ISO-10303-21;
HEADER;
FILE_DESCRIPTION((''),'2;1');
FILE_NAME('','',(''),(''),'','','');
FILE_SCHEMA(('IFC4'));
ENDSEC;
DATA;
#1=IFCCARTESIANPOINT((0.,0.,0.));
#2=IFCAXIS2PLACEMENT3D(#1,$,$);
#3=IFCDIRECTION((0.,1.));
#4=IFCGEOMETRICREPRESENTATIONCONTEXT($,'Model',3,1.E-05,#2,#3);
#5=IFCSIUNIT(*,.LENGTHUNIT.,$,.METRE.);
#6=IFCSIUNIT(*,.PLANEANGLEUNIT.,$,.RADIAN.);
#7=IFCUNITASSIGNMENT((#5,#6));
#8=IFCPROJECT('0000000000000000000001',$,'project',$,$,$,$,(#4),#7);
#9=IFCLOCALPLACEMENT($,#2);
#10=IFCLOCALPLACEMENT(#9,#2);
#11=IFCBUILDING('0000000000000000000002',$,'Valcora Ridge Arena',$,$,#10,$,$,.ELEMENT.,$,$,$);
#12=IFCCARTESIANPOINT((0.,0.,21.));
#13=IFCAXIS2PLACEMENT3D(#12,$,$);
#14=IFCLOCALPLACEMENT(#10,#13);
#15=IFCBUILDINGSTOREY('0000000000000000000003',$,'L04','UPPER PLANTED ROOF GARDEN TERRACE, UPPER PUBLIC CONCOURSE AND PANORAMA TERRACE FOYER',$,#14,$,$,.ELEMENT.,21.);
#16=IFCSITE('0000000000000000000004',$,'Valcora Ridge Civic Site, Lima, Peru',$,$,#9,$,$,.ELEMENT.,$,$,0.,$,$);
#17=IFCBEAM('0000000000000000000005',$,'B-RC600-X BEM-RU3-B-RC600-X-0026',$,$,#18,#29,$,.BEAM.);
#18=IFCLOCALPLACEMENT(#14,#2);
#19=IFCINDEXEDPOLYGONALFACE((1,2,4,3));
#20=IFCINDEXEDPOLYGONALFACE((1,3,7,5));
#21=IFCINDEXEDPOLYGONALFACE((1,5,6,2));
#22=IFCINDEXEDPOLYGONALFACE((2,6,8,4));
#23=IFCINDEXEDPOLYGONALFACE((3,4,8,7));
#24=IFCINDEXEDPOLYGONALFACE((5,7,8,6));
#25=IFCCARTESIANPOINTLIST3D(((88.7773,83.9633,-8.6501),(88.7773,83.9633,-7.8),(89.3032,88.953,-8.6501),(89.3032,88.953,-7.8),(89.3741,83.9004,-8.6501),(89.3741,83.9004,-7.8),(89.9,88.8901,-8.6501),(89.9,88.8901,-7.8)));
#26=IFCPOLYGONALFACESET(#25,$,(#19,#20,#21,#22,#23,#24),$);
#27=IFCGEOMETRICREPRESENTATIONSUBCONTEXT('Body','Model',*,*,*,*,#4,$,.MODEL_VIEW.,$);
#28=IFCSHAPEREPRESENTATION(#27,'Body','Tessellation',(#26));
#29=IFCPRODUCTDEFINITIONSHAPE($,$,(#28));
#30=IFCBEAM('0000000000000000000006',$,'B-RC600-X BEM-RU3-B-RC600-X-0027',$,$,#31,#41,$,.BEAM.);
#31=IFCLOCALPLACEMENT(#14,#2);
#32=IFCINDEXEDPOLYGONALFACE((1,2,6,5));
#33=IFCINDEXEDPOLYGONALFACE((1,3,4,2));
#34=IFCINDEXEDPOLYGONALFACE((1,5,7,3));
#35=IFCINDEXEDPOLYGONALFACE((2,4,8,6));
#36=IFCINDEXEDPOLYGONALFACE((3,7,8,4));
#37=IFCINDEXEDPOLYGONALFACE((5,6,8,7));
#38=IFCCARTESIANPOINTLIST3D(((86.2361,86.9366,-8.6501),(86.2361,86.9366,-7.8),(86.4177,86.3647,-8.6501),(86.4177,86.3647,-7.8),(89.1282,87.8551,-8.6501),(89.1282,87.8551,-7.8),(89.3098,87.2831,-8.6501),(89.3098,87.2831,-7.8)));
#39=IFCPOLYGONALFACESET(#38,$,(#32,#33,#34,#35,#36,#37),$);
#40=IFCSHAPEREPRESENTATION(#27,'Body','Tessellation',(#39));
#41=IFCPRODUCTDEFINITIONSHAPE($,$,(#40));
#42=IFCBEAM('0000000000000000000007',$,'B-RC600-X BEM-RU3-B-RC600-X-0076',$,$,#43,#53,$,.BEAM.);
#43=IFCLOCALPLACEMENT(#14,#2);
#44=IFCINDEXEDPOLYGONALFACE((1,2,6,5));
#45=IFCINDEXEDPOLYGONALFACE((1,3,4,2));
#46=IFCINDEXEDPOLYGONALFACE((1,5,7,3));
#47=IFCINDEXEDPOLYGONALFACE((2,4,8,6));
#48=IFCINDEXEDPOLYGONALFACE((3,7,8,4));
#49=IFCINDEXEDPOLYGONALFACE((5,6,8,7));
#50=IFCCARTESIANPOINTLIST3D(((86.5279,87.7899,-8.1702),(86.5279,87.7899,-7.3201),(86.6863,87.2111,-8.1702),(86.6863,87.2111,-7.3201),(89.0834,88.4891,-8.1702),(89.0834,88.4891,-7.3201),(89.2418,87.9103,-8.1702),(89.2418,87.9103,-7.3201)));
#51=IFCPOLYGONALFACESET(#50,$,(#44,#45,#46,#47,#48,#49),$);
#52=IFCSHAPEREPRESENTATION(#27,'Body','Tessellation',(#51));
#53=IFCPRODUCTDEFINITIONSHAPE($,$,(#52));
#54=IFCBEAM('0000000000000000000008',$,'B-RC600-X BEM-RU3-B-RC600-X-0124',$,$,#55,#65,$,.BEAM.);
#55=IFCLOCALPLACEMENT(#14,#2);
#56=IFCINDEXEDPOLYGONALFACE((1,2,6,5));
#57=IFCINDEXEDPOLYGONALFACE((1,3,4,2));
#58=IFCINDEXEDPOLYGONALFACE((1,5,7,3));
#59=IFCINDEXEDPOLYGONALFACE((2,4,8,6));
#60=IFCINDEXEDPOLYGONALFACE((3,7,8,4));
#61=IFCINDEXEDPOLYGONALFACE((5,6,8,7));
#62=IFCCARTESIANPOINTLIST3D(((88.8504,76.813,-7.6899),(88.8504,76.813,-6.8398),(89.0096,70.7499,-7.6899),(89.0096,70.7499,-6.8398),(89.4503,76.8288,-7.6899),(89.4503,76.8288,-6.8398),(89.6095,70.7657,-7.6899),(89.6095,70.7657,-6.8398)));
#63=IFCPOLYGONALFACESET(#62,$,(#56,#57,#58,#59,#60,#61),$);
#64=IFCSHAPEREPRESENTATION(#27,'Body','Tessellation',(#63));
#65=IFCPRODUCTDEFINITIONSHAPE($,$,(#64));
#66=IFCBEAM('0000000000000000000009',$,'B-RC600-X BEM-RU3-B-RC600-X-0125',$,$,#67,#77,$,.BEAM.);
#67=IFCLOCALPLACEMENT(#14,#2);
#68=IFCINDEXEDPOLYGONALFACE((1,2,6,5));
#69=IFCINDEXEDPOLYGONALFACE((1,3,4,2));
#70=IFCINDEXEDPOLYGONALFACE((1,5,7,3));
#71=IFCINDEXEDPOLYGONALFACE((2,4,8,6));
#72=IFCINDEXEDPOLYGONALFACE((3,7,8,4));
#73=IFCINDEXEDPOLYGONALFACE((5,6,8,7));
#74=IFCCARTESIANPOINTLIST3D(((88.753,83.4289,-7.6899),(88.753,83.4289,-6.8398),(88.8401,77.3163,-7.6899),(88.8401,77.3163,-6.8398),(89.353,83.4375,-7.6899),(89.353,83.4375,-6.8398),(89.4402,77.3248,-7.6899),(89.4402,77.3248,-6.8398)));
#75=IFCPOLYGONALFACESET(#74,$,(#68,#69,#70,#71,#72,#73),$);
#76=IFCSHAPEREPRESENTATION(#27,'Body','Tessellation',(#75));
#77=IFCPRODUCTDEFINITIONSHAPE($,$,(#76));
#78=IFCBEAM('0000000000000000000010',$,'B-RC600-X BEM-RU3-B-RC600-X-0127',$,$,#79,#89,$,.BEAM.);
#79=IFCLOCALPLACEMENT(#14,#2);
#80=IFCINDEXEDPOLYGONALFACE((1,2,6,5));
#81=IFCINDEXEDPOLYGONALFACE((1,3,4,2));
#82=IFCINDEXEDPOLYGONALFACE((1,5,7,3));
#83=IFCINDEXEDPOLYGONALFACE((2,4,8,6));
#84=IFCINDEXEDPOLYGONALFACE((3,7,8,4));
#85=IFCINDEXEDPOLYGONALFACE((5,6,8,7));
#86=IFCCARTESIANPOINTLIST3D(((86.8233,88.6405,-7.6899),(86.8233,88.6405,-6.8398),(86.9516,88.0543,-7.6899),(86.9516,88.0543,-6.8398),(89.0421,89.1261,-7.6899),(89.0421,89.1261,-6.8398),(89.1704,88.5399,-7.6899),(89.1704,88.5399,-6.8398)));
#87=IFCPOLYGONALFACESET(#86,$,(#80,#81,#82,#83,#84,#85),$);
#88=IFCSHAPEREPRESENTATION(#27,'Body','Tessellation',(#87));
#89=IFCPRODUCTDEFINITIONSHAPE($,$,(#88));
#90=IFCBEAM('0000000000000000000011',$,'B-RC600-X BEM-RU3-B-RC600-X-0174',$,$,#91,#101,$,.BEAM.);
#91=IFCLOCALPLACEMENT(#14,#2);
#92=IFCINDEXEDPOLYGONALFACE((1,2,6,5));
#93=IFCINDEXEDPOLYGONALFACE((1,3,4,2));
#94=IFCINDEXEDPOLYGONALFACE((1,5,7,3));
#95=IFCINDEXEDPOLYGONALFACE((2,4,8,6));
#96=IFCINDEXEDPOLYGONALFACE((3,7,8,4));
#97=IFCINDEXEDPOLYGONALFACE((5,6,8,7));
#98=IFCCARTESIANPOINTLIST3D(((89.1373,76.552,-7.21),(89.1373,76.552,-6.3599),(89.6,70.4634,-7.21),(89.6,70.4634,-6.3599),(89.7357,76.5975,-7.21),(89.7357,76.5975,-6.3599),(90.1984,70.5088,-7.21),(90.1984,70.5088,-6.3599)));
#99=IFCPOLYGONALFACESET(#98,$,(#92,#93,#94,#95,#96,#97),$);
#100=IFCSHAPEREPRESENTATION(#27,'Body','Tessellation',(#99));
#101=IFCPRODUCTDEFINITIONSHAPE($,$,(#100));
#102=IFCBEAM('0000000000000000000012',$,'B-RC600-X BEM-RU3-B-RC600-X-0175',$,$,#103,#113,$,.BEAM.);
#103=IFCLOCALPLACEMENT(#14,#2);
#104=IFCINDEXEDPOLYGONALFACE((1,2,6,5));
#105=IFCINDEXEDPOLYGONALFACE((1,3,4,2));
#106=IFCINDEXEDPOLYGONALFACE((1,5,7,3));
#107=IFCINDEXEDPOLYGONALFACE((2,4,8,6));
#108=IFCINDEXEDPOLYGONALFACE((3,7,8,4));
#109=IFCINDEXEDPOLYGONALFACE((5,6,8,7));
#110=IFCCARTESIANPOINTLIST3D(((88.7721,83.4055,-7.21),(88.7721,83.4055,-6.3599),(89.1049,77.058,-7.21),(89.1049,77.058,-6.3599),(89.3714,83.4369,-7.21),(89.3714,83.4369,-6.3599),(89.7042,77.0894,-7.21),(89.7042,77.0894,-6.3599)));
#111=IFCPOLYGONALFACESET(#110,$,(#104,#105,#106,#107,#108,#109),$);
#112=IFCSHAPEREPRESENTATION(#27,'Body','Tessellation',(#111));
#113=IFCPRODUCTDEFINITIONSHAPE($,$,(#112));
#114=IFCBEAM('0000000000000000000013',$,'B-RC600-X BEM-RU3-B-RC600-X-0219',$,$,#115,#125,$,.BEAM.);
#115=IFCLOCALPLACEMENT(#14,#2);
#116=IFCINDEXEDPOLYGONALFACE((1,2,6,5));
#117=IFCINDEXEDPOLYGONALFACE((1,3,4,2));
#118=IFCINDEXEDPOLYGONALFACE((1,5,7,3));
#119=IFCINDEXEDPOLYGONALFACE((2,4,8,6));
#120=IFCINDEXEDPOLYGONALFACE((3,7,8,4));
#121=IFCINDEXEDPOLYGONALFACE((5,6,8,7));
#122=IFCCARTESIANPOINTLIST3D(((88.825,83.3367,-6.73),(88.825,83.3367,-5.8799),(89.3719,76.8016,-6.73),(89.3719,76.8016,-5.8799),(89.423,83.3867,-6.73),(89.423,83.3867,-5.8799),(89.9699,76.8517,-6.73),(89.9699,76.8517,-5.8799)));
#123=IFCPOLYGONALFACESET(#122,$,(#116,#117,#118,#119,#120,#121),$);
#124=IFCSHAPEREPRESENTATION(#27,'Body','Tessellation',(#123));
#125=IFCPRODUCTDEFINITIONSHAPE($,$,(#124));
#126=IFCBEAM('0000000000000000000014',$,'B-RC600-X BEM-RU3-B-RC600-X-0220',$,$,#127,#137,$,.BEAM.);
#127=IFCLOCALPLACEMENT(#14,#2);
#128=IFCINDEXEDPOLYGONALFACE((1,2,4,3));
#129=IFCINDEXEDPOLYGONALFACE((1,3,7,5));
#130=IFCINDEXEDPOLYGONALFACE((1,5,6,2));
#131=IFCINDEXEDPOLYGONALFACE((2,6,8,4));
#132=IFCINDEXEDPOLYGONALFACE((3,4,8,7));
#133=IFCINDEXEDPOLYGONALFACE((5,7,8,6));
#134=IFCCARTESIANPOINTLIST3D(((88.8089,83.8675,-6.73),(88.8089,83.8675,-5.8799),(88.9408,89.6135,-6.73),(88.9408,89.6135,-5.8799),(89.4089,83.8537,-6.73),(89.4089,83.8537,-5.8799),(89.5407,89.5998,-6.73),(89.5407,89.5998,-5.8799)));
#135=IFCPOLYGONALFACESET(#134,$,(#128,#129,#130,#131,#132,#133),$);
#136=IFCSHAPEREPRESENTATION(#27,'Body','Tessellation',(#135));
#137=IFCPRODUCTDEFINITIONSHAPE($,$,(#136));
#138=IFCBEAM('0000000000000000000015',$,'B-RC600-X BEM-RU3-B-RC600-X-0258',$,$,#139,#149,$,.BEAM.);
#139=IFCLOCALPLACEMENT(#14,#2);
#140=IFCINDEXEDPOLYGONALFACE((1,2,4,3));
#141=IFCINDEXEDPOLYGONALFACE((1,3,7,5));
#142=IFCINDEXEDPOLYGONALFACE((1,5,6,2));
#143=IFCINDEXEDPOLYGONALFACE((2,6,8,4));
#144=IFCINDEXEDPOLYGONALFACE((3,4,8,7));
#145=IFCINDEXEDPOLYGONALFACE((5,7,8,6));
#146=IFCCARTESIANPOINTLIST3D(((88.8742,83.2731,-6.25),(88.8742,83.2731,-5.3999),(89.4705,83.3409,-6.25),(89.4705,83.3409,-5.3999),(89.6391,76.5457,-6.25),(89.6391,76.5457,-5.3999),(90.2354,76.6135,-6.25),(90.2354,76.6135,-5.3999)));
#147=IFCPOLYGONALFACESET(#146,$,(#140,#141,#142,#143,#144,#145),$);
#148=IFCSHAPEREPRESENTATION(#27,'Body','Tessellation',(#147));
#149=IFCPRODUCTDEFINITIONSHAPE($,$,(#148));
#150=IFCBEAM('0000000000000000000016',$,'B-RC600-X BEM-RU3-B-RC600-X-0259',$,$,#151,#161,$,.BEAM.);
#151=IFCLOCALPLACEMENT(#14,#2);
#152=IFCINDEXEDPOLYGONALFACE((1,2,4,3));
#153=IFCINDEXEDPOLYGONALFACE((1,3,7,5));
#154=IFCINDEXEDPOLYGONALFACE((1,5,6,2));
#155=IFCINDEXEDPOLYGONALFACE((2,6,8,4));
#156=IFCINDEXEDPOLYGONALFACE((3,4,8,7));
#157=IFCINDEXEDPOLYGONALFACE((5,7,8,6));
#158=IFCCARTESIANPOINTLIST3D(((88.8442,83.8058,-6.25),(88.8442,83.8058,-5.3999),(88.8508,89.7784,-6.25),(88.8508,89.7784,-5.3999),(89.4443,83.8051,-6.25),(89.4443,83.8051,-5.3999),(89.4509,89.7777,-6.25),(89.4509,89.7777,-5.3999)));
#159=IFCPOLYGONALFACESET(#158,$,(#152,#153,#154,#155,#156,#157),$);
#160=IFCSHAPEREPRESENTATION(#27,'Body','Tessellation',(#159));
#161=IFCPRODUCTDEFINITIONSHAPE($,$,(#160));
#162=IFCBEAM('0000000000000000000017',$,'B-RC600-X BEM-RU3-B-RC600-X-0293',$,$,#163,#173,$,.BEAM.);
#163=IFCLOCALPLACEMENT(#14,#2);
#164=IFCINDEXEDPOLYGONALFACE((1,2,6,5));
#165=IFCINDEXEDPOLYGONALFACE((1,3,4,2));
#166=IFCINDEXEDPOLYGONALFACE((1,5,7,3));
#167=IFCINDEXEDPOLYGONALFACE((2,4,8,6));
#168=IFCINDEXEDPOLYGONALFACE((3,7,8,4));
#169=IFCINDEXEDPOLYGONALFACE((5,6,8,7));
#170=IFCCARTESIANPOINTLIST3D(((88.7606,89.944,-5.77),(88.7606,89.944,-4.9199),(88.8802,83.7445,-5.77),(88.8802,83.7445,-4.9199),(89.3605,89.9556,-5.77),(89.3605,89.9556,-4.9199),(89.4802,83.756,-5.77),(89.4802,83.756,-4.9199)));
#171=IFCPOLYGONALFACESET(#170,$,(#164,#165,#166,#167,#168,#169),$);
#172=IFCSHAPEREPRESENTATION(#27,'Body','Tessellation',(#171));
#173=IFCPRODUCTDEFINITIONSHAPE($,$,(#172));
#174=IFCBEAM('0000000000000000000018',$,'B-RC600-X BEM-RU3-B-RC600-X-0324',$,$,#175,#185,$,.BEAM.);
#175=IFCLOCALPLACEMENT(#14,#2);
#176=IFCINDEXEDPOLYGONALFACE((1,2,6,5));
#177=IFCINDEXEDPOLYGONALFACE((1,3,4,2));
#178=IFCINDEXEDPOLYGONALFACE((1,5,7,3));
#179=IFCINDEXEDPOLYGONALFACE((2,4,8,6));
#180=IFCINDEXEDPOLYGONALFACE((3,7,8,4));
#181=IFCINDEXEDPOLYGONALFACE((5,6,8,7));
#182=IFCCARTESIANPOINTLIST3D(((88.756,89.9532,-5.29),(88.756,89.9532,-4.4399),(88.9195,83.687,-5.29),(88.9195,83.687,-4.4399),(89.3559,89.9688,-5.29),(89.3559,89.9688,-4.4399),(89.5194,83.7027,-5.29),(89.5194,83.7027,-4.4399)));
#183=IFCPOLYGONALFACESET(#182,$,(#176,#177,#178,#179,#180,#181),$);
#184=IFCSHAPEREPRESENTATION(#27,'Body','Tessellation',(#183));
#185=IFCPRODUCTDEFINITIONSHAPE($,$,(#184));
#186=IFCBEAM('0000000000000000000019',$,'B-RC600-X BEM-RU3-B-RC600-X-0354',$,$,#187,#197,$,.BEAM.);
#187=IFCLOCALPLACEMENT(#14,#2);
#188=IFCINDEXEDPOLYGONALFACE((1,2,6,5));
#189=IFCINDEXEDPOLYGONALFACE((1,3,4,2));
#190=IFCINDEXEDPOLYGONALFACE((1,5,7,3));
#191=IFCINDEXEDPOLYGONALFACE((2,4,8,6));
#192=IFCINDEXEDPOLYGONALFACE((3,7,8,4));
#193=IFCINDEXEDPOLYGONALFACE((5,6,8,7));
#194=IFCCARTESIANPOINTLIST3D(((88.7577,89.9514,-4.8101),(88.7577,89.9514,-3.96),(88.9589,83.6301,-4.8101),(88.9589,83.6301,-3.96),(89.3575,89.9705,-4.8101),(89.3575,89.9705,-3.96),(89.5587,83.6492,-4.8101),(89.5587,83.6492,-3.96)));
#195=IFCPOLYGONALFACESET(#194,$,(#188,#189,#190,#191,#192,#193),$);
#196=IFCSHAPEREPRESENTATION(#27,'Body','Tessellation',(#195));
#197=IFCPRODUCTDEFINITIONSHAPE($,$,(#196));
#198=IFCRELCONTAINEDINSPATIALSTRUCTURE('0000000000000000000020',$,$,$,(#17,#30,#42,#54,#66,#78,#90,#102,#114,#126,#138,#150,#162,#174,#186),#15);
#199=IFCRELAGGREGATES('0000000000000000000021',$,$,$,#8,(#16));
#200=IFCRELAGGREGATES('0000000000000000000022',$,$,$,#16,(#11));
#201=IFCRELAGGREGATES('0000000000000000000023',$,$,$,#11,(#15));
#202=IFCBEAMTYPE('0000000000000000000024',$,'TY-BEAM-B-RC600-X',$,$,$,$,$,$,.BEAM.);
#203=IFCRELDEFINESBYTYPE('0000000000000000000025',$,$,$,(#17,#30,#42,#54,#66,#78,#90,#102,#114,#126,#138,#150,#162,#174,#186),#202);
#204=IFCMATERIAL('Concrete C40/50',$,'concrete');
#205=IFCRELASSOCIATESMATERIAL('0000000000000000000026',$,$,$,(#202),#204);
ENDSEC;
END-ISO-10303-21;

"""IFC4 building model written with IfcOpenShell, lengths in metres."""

from ifc_helpers import new_model, si_unit, direction, frame, origin, origin_2d, place, context, subcontext, project, spatial, rectangle, extrude, material, material_profile, profile_set, type_object, element, save


model = new_model("IFC4")

# Units and contexts
model_context = context("Model", 3, precision=1e-05, world=origin(), true_north=direction((0.0, 1.0)))
body_context = subcontext(model_context, "Body", "Model", "MODEL_VIEW")
ifc_project = project(units=[si_unit("LENGTHUNIT", "METRE"), si_unit("PLANEANGLEUNIT", "RADIAN")], contexts=[model_context])

# Site, building, storey
site_placement = place(None, origin())
site = spatial("IfcSite", under=ifc_project, at=site_placement, Name="Valcora Ridge Civic Site, Lima, Peru", CompositionType="ELEMENT", RefElevation=0.0)
building_placement = place(site_placement, origin())
building = spatial("IfcBuilding", under=site, at=building_placement, Name="Valcora Ridge Arena", CompositionType="ELEMENT")
storey_placement = place(building_placement, frame((0.0, 0.0, 21.0)))
storey = spatial("IfcBuildingStorey", under=building, at=storey_placement, Name="L04", Description="UPPER PLANTED ROOF GARDEN TERRACE, UPPER PUBLIC CONCOURSE AND PANORAMA TERRACE FOYER", CompositionType="ELEMENT", Elevation=21.0)

# Beams
ifc_material_1 = material(Name="Concrete C40/50", Category="concrete")
ifc_material_profile_1 = material_profile(ifc_material_1, rectangle(XDim=0.6001, YDim=0.8501, at=origin_2d()), Name="RC 600x850")
ifc_profile_set_1 = profile_set([ifc_material_profile_1], Name="Concrete C40/50")
beam_type_1 = type_object("IfcBeamType", Name="TY-BEAM-B-RC600-X", PredefinedType="BEAM", material=ifc_profile_set_1)
beam_1_placement = place(storey_placement, frame((89.0757, 83.9319, -8.2251), z_axis=(0.104811, 0.994492, 0.0), x_axis=(-0.994492, 0.104811, 0.0)))
element("IfcBeam", 1, at=beam_1_placement, inside=storey, type_object=beam_type_1, Name="B-RC600-X BEM-RU3-B-RC600-X-0026", PredefinedType="BEAM", context=body_context, shape_type="SweptSolid", body=[
    extrude(rectangle(XDim=0.6001, YDim=0.8501, at=origin_2d()), origin(), (0.0, 0.0, 1.0), 5.0173),
])
beam_2_placement = place(storey_placement, frame((89.219, 87.5691, -8.2251), z_axis=(-0.953093, -0.302679, 0.0), x_axis=(0.302679, -0.953093, 0.0)))
element("IfcBeam", 2, at=beam_2_placement, inside=storey, type_object=beam_type_1, Name="B-RC600-X BEM-RU3-B-RC600-X-0027", PredefinedType="BEAM", context=body_context, shape_type="SweptSolid", body=[
    extrude(rectangle(XDim=0.6001, YDim=0.8501, at=origin_2d()), origin(), (0.0, 0.0, 1.0), 3.0344),
])
beam_3_placement = place(storey_placement, frame((89.1626, 88.1997, -7.7451), z_axis=(-0.964544, -0.26392, 0.0), x_axis=(0.26392, -0.964544, 0.0)))
element("IfcBeam", 3, at=beam_3_placement, inside=storey, type_object=beam_type_1, Name="B-RC600-X BEM-RU3-B-RC600-X-0076", PredefinedType="BEAM", context=body_context, shape_type="SweptSolid", body=[
    extrude(rectangle(XDim=0.6001, YDim=0.8501, at=origin_2d()), origin(), (0.0, 0.0, 1.0), 2.6494),
])
beam_4_placement = place(storey_placement, frame((89.3096, 70.7578, -7.2649), z_axis=(-0.026245, 0.999656, 0.0), x_axis=(-0.999656, -0.026245, 0.0)))
element("IfcBeam", 4, at=beam_4_placement, inside=storey, type_object=beam_type_1, Name="B-RC600-X BEM-RU3-B-RC600-X-0124", PredefinedType="BEAM", context=body_context, shape_type="SweptSolid", body=[
    extrude(rectangle(XDim=0.6001, YDim=0.8501, at=origin_2d()), origin(), (0.0, 0.0, 1.0), 6.0652),
])
beam_5_placement = place(storey_placement, frame((89.1401, 77.3206, -7.2649), z_axis=(-0.014257, 0.999898, 0.0), x_axis=(-0.999898, -0.014257, 0.0)))
element("IfcBeam", 5, at=beam_5_placement, inside=storey, type_object=beam_type_1, Name="B-RC600-X BEM-RU3-B-RC600-X-0125", PredefinedType="BEAM", context=body_context, shape_type="SweptSolid", body=[
    extrude(rectangle(XDim=0.6001, YDim=0.8501, at=origin_2d()), origin(), (0.0, 0.0, 1.0), 6.1133),
])
beam_6_placement = place(storey_placement, frame((89.1062, 88.833, -7.2649), z_axis=(-0.976878, -0.213799, 0.0), x_axis=(0.213799, -0.976878, 0.0)))
element("IfcBeam", 6, at=beam_6_placement, inside=storey, type_object=beam_type_1, Name="B-RC600-X BEM-RU3-B-RC600-X-0127", PredefinedType="BEAM", context=body_context, shape_type="SweptSolid", body=[
    extrude(rectangle(XDim=0.6001, YDim=0.8501, at=origin_2d()), origin(), (0.0, 0.0, 1.0), 2.2712),
])
beam_7_placement = place(storey_placement, frame((89.8992, 70.4861, -6.7849), z_axis=(-0.075767, 0.997126, 0.0), x_axis=(-0.997126, -0.075767, 0.0)))
element("IfcBeam", 7, at=beam_7_placement, inside=storey, type_object=beam_type_1, Name="B-RC600-X BEM-RU3-B-RC600-X-0174", PredefinedType="BEAM", context=body_context, shape_type="SweptSolid", body=[
    extrude(rectangle(XDim=0.6001, YDim=0.8501, at=origin_2d()), origin(), (0.0, 0.0, 1.0), 6.1062),
])
beam_8_placement = place(storey_placement, frame((89.4045, 77.0737, -6.7849), z_axis=(-0.052353, 0.998629, 0.0), x_axis=(-0.998629, -0.052353, 0.0)))
element("IfcBeam", 8, at=beam_8_placement, inside=storey, type_object=beam_type_1, Name="B-RC600-X BEM-RU3-B-RC600-X-0175", PredefinedType="BEAM", context=body_context, shape_type="SweptSolid", body=[
    extrude(rectangle(XDim=0.6001, YDim=0.8501, at=origin_2d()), origin(), (0.0, 0.0, 1.0), 6.3562),
])
beam_9_placement = place(storey_placement, frame((89.6709, 76.8267, -6.3049), z_axis=(-0.083394, 0.996517, 0.0), x_axis=(-0.996517, -0.083394, 0.0)))
element("IfcBeam", 9, at=beam_9_placement, inside=storey, type_object=beam_type_1, Name="B-RC600-X BEM-RU3-B-RC600-X-0219", PredefinedType="BEAM", context=body_context, shape_type="SweptSolid", body=[
    extrude(rectangle(XDim=0.6001, YDim=0.8501, at=origin_2d()), origin(), (0.0, 0.0, 1.0), 6.5579),
])
beam_10_placement = place(storey_placement, frame((89.1089, 83.8606, -6.3049), z_axis=(0.022938, 0.999737, 0.0), x_axis=(-0.999737, 0.022938, 0.0)))
element("IfcBeam", 10, at=beam_10_placement, inside=storey, type_object=beam_type_1, Name="B-RC600-X BEM-RU3-B-RC600-X-0220", PredefinedType="BEAM", context=body_context, shape_type="SweptSolid", body=[
    extrude(rectangle(XDim=0.6001, YDim=0.8501, at=origin_2d()), origin(), (0.0, 0.0, 1.0), 5.7476),
])
beam_11_placement = place(storey_placement, frame((89.9373, 76.5796, -5.825), z_axis=(-0.112972, 0.993598, 0.0), x_axis=(-0.993598, -0.112972, 0.0)))
element("IfcBeam", 11, at=beam_11_placement, inside=storey, type_object=beam_type_1, Name="B-RC600-X BEM-RU3-B-RC600-X-0258", PredefinedType="BEAM", context=body_context, shape_type="SweptSolid", body=[
    extrude(rectangle(XDim=0.6001, YDim=0.8501, at=origin_2d()), origin(), (0.0, 0.0, 1.0), 6.7708),
])
beam_12_placement = place(storey_placement, frame((89.1443, 83.8054, -5.825), z_axis=(0.001104, 0.999999, 0.0), x_axis=(-0.999999, 0.001104, 0.0)))
element("IfcBeam", 12, at=beam_12_placement, inside=storey, type_object=beam_type_1, Name="B-RC600-X BEM-RU3-B-RC600-X-0259", PredefinedType="BEAM", context=body_context, shape_type="SweptSolid", body=[
    extrude(rectangle(XDim=0.6001, YDim=0.8501, at=origin_2d()), origin(), (0.0, 0.0, 1.0), 5.9727),
])
beam_13_placement = place(storey_placement, frame((89.1802, 83.7502, -5.345), z_axis=(-0.019293, 0.999814, 0.0), x_axis=(-0.999814, -0.019293, 0.0)))
element("IfcBeam", 13, at=beam_13_placement, inside=storey, type_object=beam_type_1, Name="B-RC600-X BEM-RU3-B-RC600-X-0293", PredefinedType="BEAM", context=body_context, shape_type="SweptSolid", body=[
    extrude(rectangle(XDim=0.6001, YDim=0.8501, at=origin_2d()), origin(), (0.0, 0.0, 1.0), 6.2007),
])
beam_14_placement = place(storey_placement, frame((89.2195, 83.6948, -4.865), z_axis=(-0.026096, 0.999659, 0.0), x_axis=(-0.999659, -0.026096, 0.0)))
element("IfcBeam", 14, at=beam_14_placement, inside=storey, type_object=beam_type_1, Name="B-RC600-X BEM-RU3-B-RC600-X-0324", PredefinedType="BEAM", context=body_context, shape_type="SweptSolid", body=[
    extrude(rectangle(XDim=0.6001, YDim=0.8501, at=origin_2d()), origin(), (0.0, 0.0, 1.0), 6.2683),
])
beam_15_placement = place(storey_placement, frame((89.2588, 83.6396, -4.385), z_axis=(-0.031808, 0.999494, 0.0), x_axis=(-0.999494, -0.031808, 0.0)))
element("IfcBeam", 15, at=beam_15_placement, inside=storey, type_object=beam_type_1, Name="B-RC600-X BEM-RU3-B-RC600-X-0354", PredefinedType="BEAM", context=body_context, shape_type="SweptSolid", body=[
    extrude(rectangle(XDim=0.6001, YDim=0.8501, at=origin_2d()), origin(), (0.0, 0.0, 1.0), 6.3245),
])

save(model, "model.ifc")
